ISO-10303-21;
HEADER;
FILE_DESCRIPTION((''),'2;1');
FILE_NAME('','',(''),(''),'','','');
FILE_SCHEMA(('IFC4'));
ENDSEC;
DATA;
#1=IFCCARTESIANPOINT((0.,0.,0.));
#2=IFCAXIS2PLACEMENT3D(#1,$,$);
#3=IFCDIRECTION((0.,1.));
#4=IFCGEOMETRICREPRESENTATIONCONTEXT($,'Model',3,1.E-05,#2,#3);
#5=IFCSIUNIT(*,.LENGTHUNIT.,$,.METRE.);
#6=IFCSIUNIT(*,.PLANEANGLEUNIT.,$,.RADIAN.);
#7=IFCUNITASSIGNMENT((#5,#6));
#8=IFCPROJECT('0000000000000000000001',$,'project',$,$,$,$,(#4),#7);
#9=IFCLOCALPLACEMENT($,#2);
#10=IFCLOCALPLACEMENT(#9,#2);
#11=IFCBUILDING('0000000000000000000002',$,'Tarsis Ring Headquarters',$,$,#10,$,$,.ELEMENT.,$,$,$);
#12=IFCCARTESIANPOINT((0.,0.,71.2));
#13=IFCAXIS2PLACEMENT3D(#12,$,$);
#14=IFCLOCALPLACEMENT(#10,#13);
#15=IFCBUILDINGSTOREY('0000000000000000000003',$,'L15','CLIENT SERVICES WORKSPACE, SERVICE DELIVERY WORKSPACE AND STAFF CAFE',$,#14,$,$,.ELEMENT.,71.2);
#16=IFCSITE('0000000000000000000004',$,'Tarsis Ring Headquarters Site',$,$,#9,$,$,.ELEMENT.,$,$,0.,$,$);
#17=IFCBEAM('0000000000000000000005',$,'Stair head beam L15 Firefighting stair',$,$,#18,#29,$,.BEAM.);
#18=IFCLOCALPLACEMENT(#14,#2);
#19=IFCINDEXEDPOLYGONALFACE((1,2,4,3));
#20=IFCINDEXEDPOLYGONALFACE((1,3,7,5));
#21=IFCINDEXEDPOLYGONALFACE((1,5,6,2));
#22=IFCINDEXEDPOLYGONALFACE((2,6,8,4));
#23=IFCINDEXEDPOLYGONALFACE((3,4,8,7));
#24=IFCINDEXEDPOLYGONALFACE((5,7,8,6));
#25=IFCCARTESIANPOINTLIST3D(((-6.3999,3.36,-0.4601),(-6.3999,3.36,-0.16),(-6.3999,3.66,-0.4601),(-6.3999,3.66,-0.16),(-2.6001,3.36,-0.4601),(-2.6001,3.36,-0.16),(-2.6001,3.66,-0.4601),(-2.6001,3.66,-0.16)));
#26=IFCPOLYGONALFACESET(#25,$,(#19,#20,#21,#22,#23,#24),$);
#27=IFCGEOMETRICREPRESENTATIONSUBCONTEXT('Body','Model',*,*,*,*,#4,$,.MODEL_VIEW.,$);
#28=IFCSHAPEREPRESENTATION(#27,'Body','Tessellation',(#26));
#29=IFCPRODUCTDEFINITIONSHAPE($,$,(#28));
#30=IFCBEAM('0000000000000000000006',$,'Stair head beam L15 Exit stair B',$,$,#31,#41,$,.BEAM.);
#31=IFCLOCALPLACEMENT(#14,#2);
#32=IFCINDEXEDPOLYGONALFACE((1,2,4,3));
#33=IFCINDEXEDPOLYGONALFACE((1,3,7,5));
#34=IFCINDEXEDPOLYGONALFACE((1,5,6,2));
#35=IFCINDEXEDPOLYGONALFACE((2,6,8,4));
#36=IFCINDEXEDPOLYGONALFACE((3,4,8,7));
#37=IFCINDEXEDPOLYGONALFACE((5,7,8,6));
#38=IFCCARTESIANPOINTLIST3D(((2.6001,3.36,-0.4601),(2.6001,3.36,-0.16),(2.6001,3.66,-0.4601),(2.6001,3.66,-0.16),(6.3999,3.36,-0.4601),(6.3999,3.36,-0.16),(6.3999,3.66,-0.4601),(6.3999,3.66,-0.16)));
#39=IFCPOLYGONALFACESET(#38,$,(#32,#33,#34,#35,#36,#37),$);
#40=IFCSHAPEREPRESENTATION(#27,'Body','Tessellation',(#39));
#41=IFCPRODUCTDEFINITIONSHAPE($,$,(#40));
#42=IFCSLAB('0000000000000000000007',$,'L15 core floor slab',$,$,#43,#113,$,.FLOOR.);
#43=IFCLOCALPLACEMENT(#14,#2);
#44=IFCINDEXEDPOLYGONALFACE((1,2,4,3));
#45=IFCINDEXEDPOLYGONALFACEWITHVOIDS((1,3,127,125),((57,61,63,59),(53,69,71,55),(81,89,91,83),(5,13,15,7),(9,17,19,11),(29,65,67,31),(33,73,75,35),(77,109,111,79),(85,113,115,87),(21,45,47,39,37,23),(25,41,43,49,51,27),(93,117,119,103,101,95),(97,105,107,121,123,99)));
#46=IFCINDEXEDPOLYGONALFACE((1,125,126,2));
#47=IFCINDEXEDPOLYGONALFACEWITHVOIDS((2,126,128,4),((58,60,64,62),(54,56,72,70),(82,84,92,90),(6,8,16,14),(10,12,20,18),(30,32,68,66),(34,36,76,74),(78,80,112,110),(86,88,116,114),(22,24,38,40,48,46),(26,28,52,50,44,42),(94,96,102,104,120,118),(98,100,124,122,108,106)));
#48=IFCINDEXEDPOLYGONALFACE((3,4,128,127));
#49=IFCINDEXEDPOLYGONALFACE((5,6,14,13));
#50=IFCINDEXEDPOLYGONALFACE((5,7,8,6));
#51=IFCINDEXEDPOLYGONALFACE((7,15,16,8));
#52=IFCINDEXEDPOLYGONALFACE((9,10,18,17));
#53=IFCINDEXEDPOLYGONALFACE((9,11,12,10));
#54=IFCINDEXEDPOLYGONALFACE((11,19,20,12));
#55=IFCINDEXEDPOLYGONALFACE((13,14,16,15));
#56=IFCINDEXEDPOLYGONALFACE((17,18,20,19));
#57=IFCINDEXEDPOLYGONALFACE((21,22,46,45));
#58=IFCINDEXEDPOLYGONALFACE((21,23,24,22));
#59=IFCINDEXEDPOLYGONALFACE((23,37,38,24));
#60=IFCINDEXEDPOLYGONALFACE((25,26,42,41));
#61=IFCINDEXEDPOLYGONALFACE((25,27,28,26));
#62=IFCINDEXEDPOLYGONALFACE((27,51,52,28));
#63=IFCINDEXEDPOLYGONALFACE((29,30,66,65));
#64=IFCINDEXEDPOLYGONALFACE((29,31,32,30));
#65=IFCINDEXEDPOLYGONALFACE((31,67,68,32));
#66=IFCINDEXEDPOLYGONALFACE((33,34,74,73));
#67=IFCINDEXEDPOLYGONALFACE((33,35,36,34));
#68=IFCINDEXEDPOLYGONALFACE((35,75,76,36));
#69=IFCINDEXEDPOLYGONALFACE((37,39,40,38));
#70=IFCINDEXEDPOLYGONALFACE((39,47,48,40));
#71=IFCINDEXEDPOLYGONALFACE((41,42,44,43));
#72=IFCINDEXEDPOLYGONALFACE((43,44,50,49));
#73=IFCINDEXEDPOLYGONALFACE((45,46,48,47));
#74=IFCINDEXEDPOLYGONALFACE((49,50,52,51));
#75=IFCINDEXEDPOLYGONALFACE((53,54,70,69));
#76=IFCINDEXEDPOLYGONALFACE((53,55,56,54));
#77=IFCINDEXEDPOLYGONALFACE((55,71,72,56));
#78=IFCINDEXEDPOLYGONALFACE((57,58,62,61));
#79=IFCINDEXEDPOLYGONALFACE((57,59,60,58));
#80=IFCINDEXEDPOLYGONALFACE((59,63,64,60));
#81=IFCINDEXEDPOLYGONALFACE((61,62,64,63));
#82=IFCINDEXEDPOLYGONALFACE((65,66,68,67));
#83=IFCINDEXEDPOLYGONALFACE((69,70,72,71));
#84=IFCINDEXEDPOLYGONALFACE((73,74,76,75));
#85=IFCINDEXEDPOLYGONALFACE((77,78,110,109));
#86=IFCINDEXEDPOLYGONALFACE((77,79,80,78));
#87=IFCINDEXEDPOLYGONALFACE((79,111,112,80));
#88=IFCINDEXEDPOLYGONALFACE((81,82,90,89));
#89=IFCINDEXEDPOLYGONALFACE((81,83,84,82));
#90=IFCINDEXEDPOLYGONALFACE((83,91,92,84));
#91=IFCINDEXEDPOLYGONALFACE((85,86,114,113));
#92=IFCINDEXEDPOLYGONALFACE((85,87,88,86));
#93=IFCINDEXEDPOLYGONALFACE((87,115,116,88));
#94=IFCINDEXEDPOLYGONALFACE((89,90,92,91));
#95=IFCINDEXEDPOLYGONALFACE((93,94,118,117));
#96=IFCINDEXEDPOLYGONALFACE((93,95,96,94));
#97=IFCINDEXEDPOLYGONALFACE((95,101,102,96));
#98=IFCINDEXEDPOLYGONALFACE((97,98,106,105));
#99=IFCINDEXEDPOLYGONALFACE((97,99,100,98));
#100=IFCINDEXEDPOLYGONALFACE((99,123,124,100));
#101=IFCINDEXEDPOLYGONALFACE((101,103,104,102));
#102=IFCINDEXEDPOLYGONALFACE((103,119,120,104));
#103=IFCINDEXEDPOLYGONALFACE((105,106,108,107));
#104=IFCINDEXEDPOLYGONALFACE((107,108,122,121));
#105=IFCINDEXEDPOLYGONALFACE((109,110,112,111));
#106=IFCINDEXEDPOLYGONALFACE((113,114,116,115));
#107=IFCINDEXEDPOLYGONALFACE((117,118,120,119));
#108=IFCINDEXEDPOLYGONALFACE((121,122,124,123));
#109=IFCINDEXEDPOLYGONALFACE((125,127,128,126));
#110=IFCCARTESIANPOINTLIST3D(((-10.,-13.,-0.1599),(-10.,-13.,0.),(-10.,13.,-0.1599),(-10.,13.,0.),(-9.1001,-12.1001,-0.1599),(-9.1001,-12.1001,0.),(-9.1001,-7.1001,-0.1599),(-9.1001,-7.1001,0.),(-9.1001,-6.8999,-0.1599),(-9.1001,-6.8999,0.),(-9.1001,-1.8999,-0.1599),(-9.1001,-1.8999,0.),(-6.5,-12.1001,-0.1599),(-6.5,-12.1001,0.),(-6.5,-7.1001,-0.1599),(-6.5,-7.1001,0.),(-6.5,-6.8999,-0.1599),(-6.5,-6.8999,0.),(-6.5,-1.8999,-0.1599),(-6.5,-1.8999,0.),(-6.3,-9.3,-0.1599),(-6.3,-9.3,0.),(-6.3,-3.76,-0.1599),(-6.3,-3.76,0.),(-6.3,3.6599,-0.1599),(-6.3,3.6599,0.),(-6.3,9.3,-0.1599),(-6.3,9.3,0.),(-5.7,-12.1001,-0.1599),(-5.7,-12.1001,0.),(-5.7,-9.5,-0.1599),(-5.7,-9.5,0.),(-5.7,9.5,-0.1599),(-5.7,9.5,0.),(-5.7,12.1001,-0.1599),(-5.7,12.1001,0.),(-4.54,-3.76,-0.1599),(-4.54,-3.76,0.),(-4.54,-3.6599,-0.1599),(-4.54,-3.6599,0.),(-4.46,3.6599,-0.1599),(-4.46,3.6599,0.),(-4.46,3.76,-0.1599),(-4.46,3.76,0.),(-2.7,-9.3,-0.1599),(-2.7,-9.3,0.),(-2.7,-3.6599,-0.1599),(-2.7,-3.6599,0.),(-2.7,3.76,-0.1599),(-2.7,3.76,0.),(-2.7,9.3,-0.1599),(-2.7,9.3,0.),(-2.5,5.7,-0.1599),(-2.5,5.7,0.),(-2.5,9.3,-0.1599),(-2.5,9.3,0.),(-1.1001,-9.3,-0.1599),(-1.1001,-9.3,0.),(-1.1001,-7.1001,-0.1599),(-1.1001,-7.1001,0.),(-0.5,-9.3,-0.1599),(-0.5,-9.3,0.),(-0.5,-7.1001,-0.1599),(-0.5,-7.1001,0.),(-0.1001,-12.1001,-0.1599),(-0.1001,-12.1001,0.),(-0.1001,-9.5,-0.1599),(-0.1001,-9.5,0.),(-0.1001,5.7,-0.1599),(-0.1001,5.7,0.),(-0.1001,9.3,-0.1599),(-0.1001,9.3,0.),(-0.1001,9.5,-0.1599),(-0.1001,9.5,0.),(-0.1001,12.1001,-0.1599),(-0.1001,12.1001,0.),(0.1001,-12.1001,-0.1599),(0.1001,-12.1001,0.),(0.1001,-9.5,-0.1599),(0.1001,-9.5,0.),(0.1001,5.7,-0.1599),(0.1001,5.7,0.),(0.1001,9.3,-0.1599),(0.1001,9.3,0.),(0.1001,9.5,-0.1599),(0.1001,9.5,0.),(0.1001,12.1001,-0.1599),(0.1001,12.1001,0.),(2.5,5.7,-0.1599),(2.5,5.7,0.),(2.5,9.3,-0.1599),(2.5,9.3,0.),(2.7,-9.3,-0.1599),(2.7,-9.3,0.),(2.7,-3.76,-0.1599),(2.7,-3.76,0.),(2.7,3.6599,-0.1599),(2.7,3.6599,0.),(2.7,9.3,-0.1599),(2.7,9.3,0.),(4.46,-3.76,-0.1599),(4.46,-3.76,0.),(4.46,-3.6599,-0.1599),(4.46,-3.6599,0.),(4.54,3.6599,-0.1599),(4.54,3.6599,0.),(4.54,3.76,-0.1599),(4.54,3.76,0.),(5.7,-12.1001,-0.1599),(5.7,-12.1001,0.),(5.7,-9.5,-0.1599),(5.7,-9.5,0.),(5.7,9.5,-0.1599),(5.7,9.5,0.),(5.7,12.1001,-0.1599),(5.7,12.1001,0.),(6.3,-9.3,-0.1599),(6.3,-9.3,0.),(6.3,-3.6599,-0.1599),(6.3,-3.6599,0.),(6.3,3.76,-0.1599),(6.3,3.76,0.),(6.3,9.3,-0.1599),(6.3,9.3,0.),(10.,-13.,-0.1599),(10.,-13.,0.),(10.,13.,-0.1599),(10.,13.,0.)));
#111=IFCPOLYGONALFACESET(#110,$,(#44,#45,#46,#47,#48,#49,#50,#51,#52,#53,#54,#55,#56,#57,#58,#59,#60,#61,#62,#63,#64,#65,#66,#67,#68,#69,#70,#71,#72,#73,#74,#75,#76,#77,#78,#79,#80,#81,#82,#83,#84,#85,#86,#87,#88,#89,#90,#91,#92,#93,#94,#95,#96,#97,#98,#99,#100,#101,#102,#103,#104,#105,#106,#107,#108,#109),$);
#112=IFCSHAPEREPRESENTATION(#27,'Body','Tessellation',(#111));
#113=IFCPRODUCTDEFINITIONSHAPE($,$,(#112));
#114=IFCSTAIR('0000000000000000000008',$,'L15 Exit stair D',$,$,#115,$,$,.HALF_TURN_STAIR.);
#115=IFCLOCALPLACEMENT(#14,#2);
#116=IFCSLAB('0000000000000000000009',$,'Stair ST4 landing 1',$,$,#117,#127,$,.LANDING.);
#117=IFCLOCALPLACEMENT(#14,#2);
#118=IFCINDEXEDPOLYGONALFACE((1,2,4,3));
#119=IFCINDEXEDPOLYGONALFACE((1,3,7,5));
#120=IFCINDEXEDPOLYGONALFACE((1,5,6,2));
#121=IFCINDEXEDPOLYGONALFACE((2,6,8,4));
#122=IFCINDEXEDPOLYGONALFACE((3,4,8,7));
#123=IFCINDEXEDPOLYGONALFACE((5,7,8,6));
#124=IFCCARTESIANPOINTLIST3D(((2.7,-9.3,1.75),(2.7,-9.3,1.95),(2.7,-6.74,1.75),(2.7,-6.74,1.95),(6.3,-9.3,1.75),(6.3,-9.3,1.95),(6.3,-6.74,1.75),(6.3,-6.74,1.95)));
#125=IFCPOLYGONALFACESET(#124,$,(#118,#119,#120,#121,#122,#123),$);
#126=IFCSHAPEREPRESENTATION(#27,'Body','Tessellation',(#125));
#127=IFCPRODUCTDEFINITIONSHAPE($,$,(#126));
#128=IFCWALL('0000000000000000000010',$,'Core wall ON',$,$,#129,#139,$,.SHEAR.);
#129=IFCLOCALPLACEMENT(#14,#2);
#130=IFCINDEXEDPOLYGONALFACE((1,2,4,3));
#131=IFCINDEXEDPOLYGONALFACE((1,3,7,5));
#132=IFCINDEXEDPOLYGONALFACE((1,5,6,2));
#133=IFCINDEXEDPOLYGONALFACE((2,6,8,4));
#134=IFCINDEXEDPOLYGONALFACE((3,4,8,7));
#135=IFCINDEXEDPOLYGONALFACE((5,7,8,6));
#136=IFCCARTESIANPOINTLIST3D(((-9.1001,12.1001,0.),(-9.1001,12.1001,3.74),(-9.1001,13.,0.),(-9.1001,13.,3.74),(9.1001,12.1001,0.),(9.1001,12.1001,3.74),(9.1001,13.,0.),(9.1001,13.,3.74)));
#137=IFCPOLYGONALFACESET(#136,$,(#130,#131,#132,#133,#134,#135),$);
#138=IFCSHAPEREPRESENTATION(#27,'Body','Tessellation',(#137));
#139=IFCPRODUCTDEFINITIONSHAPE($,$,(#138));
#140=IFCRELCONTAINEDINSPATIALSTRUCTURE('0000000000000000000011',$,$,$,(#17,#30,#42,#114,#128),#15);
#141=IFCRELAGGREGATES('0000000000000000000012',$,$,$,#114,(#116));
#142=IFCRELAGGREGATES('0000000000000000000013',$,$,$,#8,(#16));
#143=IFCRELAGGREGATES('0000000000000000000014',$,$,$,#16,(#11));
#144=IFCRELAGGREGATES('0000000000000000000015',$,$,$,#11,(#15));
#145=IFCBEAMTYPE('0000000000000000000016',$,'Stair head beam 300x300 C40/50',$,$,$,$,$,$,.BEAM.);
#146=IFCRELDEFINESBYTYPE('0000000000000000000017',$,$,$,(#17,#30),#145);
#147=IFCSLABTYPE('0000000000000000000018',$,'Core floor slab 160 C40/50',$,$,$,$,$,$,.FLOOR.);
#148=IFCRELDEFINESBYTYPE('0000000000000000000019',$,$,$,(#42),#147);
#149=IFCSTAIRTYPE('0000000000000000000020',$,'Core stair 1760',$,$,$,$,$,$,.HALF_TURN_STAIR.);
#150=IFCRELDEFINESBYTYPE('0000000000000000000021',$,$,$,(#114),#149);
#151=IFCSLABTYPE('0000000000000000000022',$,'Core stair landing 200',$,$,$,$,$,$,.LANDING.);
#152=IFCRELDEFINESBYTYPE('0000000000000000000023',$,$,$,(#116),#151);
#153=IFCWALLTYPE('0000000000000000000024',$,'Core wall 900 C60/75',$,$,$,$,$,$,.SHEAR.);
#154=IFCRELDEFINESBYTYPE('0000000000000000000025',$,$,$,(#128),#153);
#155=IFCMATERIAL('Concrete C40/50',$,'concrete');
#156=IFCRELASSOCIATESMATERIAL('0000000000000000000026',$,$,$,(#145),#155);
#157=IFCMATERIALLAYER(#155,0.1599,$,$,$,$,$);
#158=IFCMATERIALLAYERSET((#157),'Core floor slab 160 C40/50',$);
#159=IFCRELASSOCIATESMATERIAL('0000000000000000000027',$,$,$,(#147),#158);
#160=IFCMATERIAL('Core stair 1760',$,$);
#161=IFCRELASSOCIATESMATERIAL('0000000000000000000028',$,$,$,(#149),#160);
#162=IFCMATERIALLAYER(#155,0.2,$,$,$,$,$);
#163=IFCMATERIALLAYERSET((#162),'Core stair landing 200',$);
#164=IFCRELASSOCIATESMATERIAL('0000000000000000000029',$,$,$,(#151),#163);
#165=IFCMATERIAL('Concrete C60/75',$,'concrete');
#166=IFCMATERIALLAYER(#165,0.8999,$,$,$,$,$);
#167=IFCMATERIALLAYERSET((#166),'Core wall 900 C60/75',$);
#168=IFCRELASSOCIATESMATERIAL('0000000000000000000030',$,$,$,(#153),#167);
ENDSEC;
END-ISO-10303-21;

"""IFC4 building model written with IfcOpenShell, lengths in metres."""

from ifc_helpers import new_model, si_unit, direction, frame, frame_2d, origin, origin_2d, place, context, subcontext, project, spatial, polyline, rectangle, outline, extrude, material, layer, layer_set, material_profile, profile_set, type_object, element, aggregate, save


model = new_model("IFC4")

# Units and contexts
model_context = context("Model", 3, precision=1e-05, world=origin(), true_north=direction((0.0, 1.0)))
body_context = subcontext(model_context, "Body", "Model", "MODEL_VIEW")
ifc_project = project(units=[si_unit("LENGTHUNIT", "METRE"), si_unit("PLANEANGLEUNIT", "RADIAN")], contexts=[model_context])

# Site, building, storey
site_placement = place(None, origin())
site = spatial("IfcSite", under=ifc_project, at=site_placement, Name="Tarsis Ring Headquarters Site", CompositionType="ELEMENT", RefElevation=0.0)
building_placement = place(site_placement, origin())
building = spatial("IfcBuilding", under=site, at=building_placement, Name="Tarsis Ring Headquarters", CompositionType="ELEMENT")
storey_placement = place(building_placement, frame((0.0, 0.0, 71.2)))
storey = spatial("IfcBuildingStorey", under=building, at=storey_placement, Name="L15", Description="CLIENT SERVICES WORKSPACE, SERVICE DELIVERY WORKSPACE AND STAFF CAFE", CompositionType="ELEMENT", Elevation=71.2)

# Beams
ifc_material_1 = material(Name="Concrete C40/50", Category="concrete")
ifc_material_profile = material_profile(ifc_material_1, rectangle(XDim=0.3, YDim=0.3, at=origin_2d()), Name="Stair head beam 300x300 C40/50")
ifc_profile_set = profile_set([ifc_material_profile], Name="Concrete C40/50")
beam_type = type_object("IfcBeamType", Name="Stair head beam 300x300 C40/50", PredefinedType="BEAM", material=ifc_profile_set)
for number, where, z_axis, x_axis, name in (
    (1, (-6.3999, 3.51, -0.3101), (1.0, 0.0, 0.0), (0.0, 1.0, 0.0), "Stair head beam L15 Firefighting stair"),
    (2, (2.6001, 3.51, -0.3101), (1.0, 0.0, 0.0), (0.0, 1.0, 0.0), "Stair head beam L15 Exit stair B"),
):
    element("IfcBeam", number, at=place(storey_placement, frame(where, z_axis=z_axis, x_axis=x_axis)), inside=storey, type_object=beam_type, Name=name, PredefinedType="BEAM", context=body_context, shape_type="SweptSolid", body=[
        extrude(rectangle(XDim=0.3, YDim=0.3, at=origin_2d()), origin(), (0.0, 0.0, 1.0), 3.7998),
    ])

# Slab
ifc_layer_1 = layer(ifc_material_1, 0.1599)
ifc_layer_set_1 = layer_set([ifc_layer_1], Name="Core floor slab 160 C40/50")
slab_type_1 = type_object("IfcSlabType", Name="Core floor slab 160 C40/50", PredefinedType="FLOOR", material=ifc_layer_set_1)
slab_1_placement = place(storey_placement, frame((0.0, 0.0, -0.1599)))
element("IfcSlab", 3, at=slab_1_placement, inside=storey, type_object=slab_type_1, Name="L15 core floor slab", PredefinedType="FLOOR", context=body_context, shape_type="SweptSolid", body=[
    extrude(outline(polyline([(-10.0, -13.0), (10.0, -13.0), (10.0, 13.0), (-10.0, 13.0), (-10.0, -13.0)]), holes=[polyline([(-2.5, 5.7), (-0.1001, 5.7), (-0.1001, 9.3), (-2.5, 9.3), (-2.5, 5.7)]), polyline([(0.1001, 5.7), (2.5, 5.7), (2.5, 9.3), (0.1001, 9.3), (0.1001, 5.7)]), polyline([(-9.1001, -12.1001), (-6.5, -12.1001), (-6.5, -7.1001), (-9.1001, -7.1001), (-9.1001, -12.1001)]), polyline([(-9.1001, -6.8999), (-6.5, -6.8999), (-6.5, -1.8999), (-9.1001, -1.8999), (-9.1001, -6.8999)]), polyline([(-5.7, 9.5), (-0.1001, 9.5), (-0.1001, 12.1001), (-5.7, 12.1001), (-5.7, 9.5)]), polyline([(0.1001, 9.5), (5.7, 9.5), (5.7, 12.1001), (0.1001, 12.1001), (0.1001, 9.5)]), polyline([(-5.7, -12.1001), (-0.1001, -12.1001), (-0.1001, -9.5), (-5.7, -9.5), (-5.7, -12.1001)]), polyline([(0.1001, -12.1001), (5.7, -12.1001), (5.7, -9.5), (0.1001, -9.5), (0.1001, -12.1001)]), polyline([(-1.1001, -9.3), (-0.5, -9.3), (-0.5, -7.1001), (-1.1001, -7.1001), (-1.1001, -9.3)]), polyline([(-2.7, 3.76), (-2.7, 9.3), (-6.3, 9.3), (-6.3, 3.6599), (-4.46, 3.6599), (-4.46, 3.76), (-2.7, 3.76)]), polyline([(6.3, 3.76), (6.3, 9.3), (2.7, 9.3), (2.7, 3.6599), (4.54, 3.6599), (4.54, 3.76), (6.3, 3.76)]), polyline([(-6.3, -3.76), (-6.3, -9.3), (-2.7, -9.3), (-2.7, -3.6599), (-4.54, -3.6599), (-4.54, -3.76), (-6.3, -3.76)]), polyline([(2.7, -3.76), (2.7, -9.3), (6.3, -9.3), (6.3, -3.6599), (4.46, -3.6599), (4.46, -3.76), (2.7, -3.76)])]), origin(), (0.0, 0.0, 1.0), 0.1599),
])

# Stair, slab
ifc_material_2 = material(Name="Core stair 1760")
stair_type = type_object("IfcStairType", Name="Core stair 1760", PredefinedType="HALF_TURN_STAIR", material=ifc_material_2)
stair_placement = place(storey_placement, origin())
stair = element("IfcStair", 4, at=stair_placement, inside=storey, type_object=stair_type, Name="L15 Exit stair D", PredefinedType="HALF_TURN_STAIR")
ifc_layer_2 = layer(ifc_material_1, 0.2)
ifc_layer_set_2 = layer_set([ifc_layer_2], Name="Core stair landing 200")
slab_type_2 = type_object("IfcSlabType", Name="Core stair landing 200", PredefinedType="LANDING", material=ifc_layer_set_2)
slab_2_placement = place(storey_placement, frame((0.0, 0.0, 1.75)))
slab_2 = element("IfcSlab", 5, at=slab_2_placement, type_object=slab_type_2, Name="Stair ST4 landing 1", PredefinedType="LANDING", context=body_context, shape_type="SweptSolid", body=[
    extrude(outline(polyline([(2.7, -6.74), (2.7, -9.3), (6.3, -9.3), (6.3, -6.74), (2.7, -6.74)])), origin(), (0.0, 0.0, 1.0), 0.2),
])
aggregate(stair, [slab_2])

# Wall
ifc_material_3 = material(Name="Concrete C60/75", Category="concrete")
ifc_layer_3 = layer(ifc_material_3, 0.8999)
ifc_layer_set_3 = layer_set([ifc_layer_3], Name="Core wall 900 C60/75")
wall_type_1 = type_object("IfcWallType", Name="Core wall 900 C60/75", PredefinedType="SHEAR", material=ifc_layer_set_3)
wall_1_placement = place(storey_placement, frame((-9.1001, 12.55, 0.0), z_axis=(0.0, 0.0, 1.0), x_axis=(1.0, 0.0, 0.0)))
element("IfcWall", 6, at=wall_1_placement, inside=storey, type_object=wall_type_1, Name="Core wall ON", PredefinedType="SHEAR", context=body_context, shape_type="SweptSolid", body=[
    extrude(rectangle(XDim=18.2002, YDim=0.8999, at=frame_2d((9.1001, 0.0))), origin(), (0.0, 0.0, 1.0), 3.74),
])

save(model, "model.ifc")
